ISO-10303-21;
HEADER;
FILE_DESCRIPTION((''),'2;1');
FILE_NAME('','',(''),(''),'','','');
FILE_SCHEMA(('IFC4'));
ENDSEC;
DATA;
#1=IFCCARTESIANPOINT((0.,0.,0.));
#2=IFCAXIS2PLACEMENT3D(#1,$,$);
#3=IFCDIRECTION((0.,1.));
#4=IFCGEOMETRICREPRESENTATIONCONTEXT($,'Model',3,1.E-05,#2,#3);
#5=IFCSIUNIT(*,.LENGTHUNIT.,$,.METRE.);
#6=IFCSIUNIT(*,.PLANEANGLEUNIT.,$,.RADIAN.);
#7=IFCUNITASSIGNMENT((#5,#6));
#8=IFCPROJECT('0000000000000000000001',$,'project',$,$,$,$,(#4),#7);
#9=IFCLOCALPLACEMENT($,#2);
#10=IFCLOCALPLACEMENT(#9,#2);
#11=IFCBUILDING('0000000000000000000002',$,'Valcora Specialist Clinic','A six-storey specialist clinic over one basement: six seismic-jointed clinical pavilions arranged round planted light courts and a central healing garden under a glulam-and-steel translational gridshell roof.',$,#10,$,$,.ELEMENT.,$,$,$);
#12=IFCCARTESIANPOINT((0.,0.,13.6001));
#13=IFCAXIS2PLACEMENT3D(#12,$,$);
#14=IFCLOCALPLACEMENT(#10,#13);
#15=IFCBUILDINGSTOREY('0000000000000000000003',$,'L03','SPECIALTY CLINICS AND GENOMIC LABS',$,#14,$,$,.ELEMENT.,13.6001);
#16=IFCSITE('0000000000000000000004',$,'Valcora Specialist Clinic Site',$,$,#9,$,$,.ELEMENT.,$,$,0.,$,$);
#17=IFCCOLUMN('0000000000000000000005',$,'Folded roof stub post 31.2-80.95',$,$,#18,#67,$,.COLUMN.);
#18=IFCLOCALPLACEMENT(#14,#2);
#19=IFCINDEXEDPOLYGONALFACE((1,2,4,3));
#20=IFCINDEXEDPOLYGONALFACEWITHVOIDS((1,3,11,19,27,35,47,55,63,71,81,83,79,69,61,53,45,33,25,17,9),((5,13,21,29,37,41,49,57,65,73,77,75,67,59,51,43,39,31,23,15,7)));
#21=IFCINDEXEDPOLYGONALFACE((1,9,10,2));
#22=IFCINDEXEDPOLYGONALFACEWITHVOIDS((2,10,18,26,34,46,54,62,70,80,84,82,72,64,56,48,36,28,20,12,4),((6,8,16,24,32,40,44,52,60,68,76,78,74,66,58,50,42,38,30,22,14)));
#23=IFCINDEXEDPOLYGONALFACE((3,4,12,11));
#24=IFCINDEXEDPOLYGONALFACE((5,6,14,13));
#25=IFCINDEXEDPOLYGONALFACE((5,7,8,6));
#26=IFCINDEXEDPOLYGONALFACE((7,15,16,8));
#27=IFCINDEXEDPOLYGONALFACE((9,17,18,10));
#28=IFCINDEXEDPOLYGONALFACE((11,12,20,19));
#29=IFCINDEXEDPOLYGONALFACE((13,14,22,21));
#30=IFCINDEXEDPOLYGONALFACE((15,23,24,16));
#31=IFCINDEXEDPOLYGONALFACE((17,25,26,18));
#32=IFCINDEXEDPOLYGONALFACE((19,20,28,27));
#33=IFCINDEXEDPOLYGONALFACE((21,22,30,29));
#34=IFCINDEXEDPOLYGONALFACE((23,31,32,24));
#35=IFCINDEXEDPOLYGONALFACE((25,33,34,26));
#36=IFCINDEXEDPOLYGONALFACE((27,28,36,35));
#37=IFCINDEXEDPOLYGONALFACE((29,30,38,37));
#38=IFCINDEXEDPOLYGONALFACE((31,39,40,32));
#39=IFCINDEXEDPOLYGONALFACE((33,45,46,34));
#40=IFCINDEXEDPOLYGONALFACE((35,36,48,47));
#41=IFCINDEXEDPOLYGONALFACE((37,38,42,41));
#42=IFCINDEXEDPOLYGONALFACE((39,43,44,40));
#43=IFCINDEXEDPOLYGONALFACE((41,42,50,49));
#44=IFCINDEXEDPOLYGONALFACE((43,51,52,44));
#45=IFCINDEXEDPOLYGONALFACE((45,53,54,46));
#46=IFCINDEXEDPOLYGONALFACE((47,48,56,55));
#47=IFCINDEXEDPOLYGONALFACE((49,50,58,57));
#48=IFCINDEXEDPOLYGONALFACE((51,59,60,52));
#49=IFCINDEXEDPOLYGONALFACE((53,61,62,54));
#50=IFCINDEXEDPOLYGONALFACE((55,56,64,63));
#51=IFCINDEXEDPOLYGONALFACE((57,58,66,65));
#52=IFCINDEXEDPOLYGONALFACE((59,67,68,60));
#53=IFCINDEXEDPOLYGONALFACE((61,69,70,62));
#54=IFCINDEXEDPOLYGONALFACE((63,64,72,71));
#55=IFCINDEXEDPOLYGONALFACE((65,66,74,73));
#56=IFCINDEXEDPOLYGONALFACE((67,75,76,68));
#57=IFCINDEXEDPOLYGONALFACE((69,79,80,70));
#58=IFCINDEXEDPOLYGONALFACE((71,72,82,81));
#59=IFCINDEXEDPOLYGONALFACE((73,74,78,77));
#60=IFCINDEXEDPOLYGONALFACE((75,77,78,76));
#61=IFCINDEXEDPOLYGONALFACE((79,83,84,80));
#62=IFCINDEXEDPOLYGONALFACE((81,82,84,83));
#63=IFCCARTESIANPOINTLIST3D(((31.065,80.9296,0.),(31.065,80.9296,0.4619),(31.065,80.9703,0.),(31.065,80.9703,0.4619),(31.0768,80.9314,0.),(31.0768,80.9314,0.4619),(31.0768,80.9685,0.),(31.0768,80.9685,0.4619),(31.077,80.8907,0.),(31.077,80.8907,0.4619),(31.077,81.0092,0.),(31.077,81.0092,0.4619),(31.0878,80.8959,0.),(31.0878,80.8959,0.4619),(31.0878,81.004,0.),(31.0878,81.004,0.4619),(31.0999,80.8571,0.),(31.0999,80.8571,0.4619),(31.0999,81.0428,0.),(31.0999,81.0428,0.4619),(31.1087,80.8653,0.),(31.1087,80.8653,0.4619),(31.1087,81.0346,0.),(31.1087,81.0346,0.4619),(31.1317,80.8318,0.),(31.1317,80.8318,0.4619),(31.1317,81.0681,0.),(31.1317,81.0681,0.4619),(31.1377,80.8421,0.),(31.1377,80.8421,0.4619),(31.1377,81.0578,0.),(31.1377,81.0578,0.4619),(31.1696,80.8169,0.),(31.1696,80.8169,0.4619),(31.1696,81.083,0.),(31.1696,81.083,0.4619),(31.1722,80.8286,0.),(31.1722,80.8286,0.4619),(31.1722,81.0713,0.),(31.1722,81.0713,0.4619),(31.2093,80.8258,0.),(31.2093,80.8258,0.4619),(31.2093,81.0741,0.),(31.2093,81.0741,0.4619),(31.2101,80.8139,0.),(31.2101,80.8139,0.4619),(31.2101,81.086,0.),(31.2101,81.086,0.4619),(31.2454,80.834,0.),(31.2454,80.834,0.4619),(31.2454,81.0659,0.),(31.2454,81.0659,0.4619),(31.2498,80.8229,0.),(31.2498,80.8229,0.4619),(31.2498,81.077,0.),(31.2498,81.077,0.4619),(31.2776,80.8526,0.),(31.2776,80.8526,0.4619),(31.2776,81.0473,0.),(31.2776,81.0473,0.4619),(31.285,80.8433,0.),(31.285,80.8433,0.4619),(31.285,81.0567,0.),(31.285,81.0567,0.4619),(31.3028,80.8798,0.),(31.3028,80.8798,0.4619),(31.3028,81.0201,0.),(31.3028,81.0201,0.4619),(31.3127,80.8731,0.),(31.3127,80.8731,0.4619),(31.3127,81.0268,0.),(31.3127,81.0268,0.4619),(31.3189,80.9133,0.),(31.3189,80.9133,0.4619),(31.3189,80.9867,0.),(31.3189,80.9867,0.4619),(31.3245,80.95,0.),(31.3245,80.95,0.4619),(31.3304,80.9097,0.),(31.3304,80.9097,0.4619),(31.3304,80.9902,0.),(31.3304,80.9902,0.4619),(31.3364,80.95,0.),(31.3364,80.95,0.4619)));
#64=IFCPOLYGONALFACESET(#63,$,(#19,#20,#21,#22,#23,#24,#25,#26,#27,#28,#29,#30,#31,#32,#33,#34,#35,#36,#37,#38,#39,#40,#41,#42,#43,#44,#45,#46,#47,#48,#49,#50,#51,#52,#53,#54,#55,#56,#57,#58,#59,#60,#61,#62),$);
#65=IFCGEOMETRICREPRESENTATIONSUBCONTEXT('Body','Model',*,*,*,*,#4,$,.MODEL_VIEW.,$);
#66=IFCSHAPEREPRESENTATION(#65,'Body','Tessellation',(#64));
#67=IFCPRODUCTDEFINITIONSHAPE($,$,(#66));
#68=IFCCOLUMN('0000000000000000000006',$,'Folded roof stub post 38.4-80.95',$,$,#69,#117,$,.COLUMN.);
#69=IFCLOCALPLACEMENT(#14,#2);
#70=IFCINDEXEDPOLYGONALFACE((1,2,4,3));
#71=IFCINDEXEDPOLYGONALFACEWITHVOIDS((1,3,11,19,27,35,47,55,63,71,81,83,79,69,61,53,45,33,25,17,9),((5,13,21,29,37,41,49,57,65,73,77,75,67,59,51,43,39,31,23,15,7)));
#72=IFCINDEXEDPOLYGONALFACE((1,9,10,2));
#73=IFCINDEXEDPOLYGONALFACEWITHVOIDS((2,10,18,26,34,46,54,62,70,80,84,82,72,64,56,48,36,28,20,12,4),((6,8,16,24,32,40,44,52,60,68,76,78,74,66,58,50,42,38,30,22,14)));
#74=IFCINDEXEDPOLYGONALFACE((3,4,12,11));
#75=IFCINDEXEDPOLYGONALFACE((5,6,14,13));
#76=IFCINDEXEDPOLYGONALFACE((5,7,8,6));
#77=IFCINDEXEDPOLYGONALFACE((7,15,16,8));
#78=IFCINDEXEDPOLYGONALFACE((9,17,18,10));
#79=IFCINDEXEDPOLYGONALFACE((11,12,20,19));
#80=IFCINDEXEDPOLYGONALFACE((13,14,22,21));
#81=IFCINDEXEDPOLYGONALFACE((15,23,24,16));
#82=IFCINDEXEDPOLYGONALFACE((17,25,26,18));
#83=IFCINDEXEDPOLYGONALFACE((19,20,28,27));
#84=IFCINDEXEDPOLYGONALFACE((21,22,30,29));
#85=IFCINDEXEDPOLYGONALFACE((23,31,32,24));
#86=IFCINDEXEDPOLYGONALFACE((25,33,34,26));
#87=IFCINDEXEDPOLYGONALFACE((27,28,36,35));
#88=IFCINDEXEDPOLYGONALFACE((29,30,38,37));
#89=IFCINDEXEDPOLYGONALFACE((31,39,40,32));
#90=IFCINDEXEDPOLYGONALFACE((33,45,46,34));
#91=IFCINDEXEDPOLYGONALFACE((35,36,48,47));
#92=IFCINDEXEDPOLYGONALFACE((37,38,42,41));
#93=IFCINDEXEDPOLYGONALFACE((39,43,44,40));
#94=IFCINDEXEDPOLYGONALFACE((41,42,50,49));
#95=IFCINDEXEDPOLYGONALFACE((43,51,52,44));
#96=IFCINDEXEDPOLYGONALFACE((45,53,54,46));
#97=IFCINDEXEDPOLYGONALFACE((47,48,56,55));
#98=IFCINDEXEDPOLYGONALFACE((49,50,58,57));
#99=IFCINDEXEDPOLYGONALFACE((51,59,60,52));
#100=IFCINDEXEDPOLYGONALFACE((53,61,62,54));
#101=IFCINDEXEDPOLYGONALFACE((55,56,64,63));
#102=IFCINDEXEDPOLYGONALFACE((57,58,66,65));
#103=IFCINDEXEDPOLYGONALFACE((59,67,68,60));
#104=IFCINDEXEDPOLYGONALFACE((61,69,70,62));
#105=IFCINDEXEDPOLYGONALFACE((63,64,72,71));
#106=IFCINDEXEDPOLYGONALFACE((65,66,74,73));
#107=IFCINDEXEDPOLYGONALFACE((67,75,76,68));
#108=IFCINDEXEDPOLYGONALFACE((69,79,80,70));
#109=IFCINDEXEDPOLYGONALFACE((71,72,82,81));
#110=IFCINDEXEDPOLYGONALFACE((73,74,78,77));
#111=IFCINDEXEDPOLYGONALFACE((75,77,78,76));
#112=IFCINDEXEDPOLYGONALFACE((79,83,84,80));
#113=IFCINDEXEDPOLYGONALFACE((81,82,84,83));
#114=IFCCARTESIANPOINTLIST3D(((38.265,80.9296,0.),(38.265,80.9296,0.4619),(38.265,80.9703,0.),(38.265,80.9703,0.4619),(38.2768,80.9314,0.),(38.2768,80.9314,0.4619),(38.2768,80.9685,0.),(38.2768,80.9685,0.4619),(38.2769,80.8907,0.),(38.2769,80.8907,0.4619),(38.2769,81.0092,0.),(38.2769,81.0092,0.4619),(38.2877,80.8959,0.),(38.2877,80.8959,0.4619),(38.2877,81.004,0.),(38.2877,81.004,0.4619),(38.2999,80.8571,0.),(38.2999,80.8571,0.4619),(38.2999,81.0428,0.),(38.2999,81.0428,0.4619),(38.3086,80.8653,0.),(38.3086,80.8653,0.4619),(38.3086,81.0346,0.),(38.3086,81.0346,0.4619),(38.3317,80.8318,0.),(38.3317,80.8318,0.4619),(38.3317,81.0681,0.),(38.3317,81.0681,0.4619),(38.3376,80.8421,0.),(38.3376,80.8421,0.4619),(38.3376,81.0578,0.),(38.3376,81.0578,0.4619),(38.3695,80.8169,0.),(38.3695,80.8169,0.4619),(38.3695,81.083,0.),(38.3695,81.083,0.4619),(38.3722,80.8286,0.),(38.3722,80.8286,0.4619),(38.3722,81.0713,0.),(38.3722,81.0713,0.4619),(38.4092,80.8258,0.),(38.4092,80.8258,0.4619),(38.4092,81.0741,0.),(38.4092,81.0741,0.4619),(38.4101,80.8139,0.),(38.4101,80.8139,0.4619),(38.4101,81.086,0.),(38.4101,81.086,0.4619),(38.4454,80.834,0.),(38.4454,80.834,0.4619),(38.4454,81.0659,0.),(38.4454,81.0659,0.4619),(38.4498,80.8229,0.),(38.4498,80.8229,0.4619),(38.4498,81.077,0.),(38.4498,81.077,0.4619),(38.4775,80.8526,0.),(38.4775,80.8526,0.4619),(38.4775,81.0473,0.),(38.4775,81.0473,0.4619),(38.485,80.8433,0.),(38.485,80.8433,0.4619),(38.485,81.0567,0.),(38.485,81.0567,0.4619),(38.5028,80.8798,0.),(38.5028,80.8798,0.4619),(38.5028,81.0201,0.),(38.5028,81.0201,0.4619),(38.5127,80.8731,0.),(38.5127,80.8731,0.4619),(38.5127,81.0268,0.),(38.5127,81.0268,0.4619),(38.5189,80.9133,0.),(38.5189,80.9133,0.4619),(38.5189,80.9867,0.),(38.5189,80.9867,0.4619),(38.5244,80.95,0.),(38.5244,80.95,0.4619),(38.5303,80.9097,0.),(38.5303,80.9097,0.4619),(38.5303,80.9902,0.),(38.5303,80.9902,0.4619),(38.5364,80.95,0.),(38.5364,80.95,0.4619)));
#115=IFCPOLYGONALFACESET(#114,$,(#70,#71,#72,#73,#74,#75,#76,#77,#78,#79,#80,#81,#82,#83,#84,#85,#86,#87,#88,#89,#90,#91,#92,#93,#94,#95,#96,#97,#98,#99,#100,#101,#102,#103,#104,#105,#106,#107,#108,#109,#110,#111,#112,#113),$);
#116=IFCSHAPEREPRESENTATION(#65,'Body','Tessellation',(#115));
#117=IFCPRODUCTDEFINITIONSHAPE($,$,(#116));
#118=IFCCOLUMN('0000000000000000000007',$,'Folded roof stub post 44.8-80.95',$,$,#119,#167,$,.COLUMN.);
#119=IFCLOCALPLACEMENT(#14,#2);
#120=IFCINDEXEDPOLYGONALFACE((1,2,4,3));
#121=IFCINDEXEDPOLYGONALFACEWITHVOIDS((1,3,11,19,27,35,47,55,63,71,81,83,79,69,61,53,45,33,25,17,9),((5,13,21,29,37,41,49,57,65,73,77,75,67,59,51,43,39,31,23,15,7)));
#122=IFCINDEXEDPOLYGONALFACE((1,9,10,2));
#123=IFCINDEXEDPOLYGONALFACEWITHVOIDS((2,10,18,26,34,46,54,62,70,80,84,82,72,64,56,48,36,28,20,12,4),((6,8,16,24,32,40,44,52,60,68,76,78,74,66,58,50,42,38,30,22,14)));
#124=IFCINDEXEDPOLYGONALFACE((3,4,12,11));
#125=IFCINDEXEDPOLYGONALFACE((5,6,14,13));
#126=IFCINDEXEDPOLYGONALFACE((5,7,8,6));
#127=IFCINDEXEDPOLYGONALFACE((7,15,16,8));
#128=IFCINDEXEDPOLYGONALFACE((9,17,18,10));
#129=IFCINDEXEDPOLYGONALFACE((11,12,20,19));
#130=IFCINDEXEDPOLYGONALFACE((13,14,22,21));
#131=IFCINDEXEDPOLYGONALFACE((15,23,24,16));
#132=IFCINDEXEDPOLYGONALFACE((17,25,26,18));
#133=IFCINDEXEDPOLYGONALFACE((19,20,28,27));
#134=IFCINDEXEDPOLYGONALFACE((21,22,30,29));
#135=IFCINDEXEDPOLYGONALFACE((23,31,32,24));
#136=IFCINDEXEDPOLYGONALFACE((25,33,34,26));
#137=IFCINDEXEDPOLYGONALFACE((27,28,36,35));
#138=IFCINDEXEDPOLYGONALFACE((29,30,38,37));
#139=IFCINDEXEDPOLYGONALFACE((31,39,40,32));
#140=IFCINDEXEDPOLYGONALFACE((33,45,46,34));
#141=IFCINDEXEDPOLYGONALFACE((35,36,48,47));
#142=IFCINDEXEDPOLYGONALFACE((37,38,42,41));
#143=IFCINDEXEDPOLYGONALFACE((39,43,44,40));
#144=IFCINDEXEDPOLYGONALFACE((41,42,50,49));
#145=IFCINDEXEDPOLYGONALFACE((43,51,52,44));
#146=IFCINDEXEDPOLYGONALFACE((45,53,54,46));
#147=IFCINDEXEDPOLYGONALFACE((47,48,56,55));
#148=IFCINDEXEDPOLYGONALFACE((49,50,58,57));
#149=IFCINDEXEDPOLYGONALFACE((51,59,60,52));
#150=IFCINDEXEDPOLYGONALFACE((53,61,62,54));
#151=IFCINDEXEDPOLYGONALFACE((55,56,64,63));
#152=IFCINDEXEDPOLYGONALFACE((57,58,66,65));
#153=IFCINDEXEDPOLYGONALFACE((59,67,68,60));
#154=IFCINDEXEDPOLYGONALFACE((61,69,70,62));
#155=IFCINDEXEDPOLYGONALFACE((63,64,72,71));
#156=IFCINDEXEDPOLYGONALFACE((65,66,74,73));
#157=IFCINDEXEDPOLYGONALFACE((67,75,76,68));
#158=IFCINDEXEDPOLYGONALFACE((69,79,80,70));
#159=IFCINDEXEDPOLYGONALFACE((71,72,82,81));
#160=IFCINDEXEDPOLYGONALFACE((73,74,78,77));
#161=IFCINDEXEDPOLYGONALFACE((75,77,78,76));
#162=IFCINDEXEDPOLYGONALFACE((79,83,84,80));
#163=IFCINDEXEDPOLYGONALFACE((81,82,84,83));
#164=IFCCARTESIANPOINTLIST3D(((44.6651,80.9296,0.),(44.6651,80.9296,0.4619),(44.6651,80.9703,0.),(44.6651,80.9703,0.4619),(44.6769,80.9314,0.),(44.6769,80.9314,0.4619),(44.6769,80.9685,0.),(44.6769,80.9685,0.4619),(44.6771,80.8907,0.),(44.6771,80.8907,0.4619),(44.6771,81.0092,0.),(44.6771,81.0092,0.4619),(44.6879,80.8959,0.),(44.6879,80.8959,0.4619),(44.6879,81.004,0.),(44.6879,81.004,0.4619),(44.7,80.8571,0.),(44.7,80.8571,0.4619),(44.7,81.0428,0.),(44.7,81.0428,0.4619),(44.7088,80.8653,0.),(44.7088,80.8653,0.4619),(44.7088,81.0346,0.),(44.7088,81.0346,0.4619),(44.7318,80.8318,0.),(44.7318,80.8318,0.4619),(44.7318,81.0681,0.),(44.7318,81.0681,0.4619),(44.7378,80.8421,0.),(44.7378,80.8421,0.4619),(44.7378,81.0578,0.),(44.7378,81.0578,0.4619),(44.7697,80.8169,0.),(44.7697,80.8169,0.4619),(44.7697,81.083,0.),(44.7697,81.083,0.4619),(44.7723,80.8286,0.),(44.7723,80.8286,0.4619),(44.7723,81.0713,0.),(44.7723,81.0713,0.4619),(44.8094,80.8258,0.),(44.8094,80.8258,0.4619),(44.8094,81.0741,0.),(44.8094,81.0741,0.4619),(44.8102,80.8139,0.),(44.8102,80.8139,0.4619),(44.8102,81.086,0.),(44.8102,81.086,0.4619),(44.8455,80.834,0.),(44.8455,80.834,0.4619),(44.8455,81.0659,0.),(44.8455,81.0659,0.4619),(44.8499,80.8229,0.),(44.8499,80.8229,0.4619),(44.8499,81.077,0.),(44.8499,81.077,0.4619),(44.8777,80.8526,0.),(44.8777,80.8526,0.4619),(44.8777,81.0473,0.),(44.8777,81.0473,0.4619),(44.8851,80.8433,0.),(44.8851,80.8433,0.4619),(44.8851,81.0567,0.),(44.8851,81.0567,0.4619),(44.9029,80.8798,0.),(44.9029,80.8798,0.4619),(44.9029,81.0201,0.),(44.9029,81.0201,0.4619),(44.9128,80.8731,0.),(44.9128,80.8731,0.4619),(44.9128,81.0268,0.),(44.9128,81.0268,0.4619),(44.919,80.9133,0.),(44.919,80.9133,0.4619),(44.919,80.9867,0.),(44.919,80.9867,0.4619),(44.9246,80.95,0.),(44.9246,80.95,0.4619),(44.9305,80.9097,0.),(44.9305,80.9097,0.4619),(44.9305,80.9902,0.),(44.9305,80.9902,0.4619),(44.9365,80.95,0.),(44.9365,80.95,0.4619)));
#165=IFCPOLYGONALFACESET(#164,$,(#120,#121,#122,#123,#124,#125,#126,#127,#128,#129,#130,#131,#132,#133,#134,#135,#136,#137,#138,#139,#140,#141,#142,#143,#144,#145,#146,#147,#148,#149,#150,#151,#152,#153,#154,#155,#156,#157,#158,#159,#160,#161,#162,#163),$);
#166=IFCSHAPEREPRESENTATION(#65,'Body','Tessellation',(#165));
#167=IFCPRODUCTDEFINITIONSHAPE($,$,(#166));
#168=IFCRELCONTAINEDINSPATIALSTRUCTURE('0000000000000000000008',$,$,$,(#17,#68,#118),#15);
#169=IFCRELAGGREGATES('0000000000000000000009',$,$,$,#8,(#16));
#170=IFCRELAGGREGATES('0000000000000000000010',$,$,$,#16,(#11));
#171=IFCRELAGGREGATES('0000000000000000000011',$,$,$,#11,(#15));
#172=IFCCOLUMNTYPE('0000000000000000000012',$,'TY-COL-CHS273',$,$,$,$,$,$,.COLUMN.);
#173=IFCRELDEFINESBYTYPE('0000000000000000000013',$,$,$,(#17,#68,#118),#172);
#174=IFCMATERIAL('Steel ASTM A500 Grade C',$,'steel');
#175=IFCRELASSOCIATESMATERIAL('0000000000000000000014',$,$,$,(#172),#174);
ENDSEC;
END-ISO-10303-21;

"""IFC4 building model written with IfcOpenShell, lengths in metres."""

from ifc_helpers import new_model, si_unit, direction, frame, origin, origin_2d, place, context, subcontext, project, spatial, hollow_circle, extrude, material, material_profile, profile_set, type_object, element, save


model = new_model("IFC4")

# Units and contexts
model_context = context("Model", 3, precision=1e-05, world=origin(), true_north=direction((0.0, 1.0)))
body_context = subcontext(model_context, "Body", "Model", "MODEL_VIEW")
ifc_project = project(units=[si_unit("LENGTHUNIT", "METRE"), si_unit("PLANEANGLEUNIT", "RADIAN")], contexts=[model_context])

# Site, building, storey
site_placement = place(None, origin())
site = spatial("IfcSite", under=ifc_project, at=site_placement, Name="Valcora Specialist Clinic Site", CompositionType="ELEMENT", RefElevation=0.0)
building_placement = place(site_placement, origin())
building = spatial("IfcBuilding", under=site, at=building_placement, Name="Valcora Specialist Clinic", Description="A six-storey specialist clinic over one basement: six seismic-jointed clinical pavilions arranged round planted light courts and a central healing garden under a glulam-and-steel translational gridshell roof.", CompositionType="ELEMENT")
storey_placement = place(building_placement, frame((0.0, 0.0, 13.6001)))
storey = spatial("IfcBuildingStorey", under=building, at=storey_placement, Name="L03", Description="SPECIALTY CLINICS AND GENOMIC LABS", CompositionType="ELEMENT", Elevation=13.6001)

# Columns
ifc_material_1 = material(Name="Steel ASTM A500 Grade C", Category="steel")
ifc_material_profile_1 = material_profile(ifc_material_1, hollow_circle(Radius=0.1365, WallThickness=0.012, at=origin_2d()), Name="ST-CHS-273X12")
ifc_profile_set_1 = profile_set([ifc_material_profile_1], Name="Steel ASTM A500 Grade C")
column_type_1 = type_object("IfcColumnType", Name="TY-COL-CHS273", PredefinedType="COLUMN", material=ifc_profile_set_1)
for number, where, z_axis, x_axis, name in (
    (1, (31.2, 80.95, 0.0), (0.0, 0.0, 1.0), (1.0, 0.0, 0.0), "Folded roof stub post 31.2-80.95"),
    (2, (38.3999, 80.95, 0.0), (0.0, 0.0, 1.0), (1.0, 0.0, 0.0), "Folded roof stub post 38.4-80.95"),
    (3, (44.8, 80.95, 0.0), (0.0, 0.0, 1.0), (1.0, 0.0, 0.0), "Folded roof stub post 44.8-80.95"),
):
    element("IfcColumn", number, at=place(storey_placement, frame(where, z_axis=z_axis, x_axis=x_axis)), inside=storey, type_object=column_type_1, Name=name, PredefinedType="COLUMN", context=body_context, shape_type="SweptSolid", body=[
        extrude(hollow_circle(Radius=0.1365, WallThickness=0.012, at=origin_2d()), origin(), (0.0, 0.0, 1.0), 0.4619),
    ])

save(model, "model.ifc")
